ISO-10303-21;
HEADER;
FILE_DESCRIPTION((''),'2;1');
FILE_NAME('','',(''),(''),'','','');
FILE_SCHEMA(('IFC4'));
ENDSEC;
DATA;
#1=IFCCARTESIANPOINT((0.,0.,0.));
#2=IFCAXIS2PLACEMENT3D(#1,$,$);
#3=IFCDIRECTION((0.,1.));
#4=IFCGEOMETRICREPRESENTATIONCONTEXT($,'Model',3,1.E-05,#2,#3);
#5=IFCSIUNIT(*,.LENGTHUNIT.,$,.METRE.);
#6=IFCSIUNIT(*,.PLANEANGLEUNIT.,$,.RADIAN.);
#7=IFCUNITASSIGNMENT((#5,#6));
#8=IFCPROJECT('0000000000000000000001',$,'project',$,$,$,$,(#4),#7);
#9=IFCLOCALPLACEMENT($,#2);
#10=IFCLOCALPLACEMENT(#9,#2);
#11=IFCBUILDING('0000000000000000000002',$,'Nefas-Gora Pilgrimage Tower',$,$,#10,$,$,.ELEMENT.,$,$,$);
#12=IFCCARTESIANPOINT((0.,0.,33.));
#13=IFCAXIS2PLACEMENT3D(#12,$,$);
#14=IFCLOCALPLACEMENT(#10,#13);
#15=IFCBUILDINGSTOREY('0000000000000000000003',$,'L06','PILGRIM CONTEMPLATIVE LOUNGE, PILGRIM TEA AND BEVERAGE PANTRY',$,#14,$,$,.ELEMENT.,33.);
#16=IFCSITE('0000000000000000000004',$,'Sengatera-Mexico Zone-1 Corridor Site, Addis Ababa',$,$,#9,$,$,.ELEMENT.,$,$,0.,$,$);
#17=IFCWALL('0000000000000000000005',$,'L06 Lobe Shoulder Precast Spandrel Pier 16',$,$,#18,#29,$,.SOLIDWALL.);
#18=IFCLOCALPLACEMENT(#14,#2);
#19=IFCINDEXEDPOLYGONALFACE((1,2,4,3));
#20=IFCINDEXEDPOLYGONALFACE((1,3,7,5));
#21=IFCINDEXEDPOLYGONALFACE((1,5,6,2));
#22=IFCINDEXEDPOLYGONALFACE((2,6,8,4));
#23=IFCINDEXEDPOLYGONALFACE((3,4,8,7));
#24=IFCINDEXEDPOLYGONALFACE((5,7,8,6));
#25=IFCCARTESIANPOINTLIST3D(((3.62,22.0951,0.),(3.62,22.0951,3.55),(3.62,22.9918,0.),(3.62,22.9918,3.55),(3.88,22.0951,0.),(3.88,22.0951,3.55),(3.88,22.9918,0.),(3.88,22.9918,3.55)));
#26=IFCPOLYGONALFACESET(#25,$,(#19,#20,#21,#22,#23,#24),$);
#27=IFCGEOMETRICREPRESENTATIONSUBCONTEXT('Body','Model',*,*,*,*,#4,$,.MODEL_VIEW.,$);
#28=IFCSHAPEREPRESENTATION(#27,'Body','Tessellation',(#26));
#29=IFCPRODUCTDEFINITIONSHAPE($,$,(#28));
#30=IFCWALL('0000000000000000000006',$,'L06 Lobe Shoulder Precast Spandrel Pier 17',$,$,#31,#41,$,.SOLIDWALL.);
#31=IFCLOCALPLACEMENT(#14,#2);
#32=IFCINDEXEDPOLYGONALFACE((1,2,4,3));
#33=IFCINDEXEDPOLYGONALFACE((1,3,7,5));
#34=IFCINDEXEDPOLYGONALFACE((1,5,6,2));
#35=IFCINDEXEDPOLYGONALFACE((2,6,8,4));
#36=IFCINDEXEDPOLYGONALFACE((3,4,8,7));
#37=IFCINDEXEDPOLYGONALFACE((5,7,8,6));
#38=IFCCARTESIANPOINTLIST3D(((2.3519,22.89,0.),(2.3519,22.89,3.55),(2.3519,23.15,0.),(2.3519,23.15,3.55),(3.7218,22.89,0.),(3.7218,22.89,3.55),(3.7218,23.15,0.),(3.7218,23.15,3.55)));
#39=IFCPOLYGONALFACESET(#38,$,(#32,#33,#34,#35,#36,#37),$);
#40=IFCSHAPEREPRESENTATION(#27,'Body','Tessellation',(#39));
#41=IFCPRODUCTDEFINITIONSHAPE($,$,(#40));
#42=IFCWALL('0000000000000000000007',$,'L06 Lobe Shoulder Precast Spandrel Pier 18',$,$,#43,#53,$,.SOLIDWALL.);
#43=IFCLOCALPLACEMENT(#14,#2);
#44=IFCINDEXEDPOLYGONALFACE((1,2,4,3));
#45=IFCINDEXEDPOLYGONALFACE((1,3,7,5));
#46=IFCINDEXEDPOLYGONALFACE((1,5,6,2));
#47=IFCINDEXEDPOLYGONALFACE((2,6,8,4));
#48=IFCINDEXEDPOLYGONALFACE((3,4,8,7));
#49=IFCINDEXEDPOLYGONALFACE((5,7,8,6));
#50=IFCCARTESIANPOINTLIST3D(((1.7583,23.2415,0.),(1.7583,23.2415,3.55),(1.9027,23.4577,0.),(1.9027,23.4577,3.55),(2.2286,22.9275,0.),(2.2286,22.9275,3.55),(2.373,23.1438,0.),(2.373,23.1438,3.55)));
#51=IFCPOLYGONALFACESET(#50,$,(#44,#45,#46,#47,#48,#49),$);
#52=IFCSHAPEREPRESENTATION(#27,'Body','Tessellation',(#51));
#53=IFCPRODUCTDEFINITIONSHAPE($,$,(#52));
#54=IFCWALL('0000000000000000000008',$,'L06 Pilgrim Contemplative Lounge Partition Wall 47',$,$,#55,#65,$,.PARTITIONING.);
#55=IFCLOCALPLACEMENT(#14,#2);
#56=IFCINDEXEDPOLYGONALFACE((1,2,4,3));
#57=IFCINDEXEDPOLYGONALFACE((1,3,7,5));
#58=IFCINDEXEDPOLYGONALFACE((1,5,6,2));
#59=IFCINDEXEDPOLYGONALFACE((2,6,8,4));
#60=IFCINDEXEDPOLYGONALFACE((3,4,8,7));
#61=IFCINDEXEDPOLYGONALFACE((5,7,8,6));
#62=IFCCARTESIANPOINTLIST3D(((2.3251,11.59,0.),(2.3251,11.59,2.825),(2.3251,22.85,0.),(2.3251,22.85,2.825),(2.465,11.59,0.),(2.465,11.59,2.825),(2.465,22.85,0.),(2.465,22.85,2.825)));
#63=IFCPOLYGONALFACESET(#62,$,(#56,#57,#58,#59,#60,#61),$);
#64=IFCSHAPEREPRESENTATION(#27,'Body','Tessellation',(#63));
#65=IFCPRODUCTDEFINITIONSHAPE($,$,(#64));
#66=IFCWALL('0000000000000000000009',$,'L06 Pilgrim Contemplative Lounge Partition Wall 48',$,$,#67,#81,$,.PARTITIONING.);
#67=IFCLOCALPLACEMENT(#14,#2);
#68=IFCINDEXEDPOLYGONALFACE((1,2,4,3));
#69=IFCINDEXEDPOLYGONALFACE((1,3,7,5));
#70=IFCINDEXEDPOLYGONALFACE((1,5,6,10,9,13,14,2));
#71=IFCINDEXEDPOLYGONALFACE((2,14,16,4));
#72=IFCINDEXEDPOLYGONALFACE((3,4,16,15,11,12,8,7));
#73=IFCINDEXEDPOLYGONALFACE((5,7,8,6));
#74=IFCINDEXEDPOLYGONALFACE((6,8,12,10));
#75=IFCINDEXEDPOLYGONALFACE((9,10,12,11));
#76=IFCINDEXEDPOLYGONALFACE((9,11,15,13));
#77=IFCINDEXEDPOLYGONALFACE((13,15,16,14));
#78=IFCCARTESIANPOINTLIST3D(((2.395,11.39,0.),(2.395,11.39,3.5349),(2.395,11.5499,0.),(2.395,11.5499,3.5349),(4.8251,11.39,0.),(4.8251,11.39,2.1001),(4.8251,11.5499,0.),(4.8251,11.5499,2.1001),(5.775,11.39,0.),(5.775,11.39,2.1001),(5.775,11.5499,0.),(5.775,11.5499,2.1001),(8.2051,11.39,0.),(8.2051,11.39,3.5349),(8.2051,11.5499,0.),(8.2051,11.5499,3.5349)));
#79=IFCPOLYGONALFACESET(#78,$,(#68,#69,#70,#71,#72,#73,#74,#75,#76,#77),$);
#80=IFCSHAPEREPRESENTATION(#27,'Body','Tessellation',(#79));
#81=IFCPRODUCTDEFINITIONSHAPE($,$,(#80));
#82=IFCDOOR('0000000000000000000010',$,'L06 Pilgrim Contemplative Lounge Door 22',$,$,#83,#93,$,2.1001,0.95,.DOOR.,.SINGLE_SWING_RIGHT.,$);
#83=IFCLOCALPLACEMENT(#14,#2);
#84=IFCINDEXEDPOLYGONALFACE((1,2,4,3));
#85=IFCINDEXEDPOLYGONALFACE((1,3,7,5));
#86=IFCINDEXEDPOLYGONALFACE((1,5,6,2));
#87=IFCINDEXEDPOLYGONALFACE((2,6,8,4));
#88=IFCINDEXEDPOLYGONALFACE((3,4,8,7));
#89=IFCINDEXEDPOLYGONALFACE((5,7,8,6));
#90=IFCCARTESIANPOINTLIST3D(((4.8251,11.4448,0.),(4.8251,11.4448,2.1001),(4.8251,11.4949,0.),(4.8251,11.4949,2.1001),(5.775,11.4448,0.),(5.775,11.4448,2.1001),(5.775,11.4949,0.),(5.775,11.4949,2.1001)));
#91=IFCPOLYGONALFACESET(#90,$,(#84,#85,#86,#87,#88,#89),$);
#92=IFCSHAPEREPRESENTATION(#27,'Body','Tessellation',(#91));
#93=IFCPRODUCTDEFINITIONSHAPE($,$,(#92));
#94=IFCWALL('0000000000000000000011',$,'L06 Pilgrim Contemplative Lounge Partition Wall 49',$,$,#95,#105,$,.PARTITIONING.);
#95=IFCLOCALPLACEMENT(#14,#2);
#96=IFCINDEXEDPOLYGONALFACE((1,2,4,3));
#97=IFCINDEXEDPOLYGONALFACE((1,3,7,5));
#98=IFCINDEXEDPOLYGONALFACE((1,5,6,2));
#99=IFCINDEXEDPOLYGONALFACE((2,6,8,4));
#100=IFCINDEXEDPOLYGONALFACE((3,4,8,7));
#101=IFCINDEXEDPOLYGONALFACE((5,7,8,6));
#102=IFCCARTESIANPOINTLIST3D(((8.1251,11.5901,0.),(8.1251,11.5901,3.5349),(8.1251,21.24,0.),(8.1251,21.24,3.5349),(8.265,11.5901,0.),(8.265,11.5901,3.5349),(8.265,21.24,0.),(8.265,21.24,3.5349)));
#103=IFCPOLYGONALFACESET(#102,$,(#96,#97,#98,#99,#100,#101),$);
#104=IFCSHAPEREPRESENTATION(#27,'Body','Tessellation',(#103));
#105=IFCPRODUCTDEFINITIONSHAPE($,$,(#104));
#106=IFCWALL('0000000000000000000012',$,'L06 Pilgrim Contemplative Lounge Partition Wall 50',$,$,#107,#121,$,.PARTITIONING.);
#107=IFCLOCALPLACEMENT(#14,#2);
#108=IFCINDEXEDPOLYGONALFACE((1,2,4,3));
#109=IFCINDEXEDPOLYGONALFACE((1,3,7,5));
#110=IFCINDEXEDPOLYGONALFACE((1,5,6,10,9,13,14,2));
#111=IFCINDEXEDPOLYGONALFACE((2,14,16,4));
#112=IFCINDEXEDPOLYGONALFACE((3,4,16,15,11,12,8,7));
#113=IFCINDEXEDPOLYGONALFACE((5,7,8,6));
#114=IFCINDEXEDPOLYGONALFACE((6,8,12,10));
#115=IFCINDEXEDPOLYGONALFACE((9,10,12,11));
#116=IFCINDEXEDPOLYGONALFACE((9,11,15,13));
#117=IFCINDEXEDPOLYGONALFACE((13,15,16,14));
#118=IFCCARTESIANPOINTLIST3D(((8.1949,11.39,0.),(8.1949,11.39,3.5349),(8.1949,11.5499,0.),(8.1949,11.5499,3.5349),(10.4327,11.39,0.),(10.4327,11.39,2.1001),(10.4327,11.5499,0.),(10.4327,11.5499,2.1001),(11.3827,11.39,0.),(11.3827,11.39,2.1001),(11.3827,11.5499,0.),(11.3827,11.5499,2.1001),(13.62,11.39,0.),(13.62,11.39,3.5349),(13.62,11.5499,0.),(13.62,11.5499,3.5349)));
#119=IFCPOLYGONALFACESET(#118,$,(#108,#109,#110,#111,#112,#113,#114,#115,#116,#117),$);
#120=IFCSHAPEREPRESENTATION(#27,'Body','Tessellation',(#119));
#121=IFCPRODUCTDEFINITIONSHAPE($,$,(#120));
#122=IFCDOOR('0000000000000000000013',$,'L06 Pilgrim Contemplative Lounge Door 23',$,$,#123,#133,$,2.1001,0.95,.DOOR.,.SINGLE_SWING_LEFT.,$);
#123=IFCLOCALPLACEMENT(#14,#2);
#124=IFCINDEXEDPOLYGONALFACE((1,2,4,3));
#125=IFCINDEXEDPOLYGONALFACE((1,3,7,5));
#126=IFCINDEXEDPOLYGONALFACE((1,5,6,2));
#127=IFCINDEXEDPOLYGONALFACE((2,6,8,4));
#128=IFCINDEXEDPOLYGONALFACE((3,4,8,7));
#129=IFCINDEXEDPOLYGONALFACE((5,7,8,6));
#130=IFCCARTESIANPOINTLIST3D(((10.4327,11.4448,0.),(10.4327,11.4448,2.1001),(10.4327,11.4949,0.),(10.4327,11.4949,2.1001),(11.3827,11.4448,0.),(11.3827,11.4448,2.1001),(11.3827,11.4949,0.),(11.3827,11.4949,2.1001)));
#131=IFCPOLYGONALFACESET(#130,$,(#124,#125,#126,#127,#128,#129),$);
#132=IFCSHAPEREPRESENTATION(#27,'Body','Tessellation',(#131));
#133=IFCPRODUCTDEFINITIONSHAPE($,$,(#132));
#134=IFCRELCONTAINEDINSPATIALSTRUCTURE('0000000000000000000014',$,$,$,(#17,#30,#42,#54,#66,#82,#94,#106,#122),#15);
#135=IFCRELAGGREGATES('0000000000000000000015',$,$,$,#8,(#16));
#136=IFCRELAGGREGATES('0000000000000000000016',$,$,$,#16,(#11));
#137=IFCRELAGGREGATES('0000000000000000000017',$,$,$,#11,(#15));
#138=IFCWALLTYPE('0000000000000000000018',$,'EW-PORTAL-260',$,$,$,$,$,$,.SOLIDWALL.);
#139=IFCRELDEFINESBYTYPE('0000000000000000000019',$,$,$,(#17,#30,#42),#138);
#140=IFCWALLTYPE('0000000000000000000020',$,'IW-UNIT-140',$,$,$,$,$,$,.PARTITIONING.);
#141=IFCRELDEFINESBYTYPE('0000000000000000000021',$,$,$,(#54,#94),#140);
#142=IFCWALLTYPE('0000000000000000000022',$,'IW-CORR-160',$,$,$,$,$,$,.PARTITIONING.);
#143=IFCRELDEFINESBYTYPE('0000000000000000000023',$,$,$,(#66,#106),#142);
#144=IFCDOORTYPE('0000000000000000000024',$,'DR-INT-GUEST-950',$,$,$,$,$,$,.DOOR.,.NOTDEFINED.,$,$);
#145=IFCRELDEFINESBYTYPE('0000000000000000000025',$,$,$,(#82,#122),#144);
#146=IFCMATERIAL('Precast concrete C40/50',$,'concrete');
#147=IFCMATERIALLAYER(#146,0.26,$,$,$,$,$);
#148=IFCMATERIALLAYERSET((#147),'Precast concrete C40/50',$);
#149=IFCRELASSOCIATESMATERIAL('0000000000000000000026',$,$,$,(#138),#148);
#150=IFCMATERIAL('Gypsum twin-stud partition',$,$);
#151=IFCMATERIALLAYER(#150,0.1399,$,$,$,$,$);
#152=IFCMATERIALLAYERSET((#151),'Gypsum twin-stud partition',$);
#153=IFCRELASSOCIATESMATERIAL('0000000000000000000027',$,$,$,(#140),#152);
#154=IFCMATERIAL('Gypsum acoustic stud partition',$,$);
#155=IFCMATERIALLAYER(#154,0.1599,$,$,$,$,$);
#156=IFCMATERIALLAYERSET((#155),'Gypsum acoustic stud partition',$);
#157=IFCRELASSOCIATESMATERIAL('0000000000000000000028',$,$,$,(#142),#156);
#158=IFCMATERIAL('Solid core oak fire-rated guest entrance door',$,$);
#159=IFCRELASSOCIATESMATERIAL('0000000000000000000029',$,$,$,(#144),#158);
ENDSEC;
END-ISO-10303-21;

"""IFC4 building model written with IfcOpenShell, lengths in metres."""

from ifc_helpers import new_model, si_unit, direction, frame, frame_2d, origin, place, context, subcontext, project, spatial, rectangle, extrude, source, transform, mapped, material, layer, layer_set, type_object, element, fill, save


model = new_model("IFC4")

# Units and contexts
model_context = context("Model", 3, precision=1e-05, world=origin(), true_north=direction((0.0, 1.0)))
body_context = subcontext(model_context, "Body", "Model", "MODEL_VIEW")
ifc_project = project(units=[si_unit("LENGTHUNIT", "METRE"), si_unit("PLANEANGLEUNIT", "RADIAN")], contexts=[model_context])

# Site, building, storey
site_placement = place(None, origin())
site = spatial("IfcSite", under=ifc_project, at=site_placement, Name="Sengatera-Mexico Zone-1 Corridor Site, Addis Ababa", CompositionType="ELEMENT", RefElevation=0.0)
building_placement = place(site_placement, origin())
building = spatial("IfcBuilding", under=site, at=building_placement, Name="Nefas-Gora Pilgrimage Tower", CompositionType="ELEMENT")
storey_placement = place(building_placement, frame((0.0, 0.0, 33.0)))
storey = spatial("IfcBuildingStorey", under=building, at=storey_placement, Name="L06", Description="PILGRIM CONTEMPLATIVE LOUNGE, PILGRIM TEA AND BEVERAGE PANTRY", CompositionType="ELEMENT", Elevation=33.0)

# Walls
ifc_material_1 = material(Name="Precast concrete C40/50", Category="concrete")
ifc_layer_1 = layer(ifc_material_1, 0.26)
ifc_layer_set_1 = layer_set([ifc_layer_1], Name="Precast concrete C40/50")
wall_type_1 = type_object("IfcWallType", Name="EW-PORTAL-260", PredefinedType="SOLIDWALL", material=ifc_layer_set_1)
shared_shape_1 = source(origin(), body_context, "Body", "SweptSolid", [
    extrude(rectangle(XDim=0.8967, YDim=0.26, at=frame_2d((0.4482, 0.0))), origin(), (0.0, 0.0, 1.0), 3.55),
])
wall_1_placement = place(storey_placement, frame((3.75, 22.0952, 0.0), z_axis=(0.0, 0.0, 1.0), x_axis=(0.0, 1.0, 0.0)))
element("IfcWall", 1, at=wall_1_placement, inside=storey, type_object=wall_type_1, Name="L06 Lobe Shoulder Precast Spandrel Pier 16", PredefinedType="SOLIDWALL", context=body_context, shape_type="MappedRepresentation", body=[
    mapped(shared_shape_1, transform((0.0, 0.0, 0.0), x_axis=(1.0, 0.0, 0.0), y_axis=(0.0, 1.0, 0.0), z_axis=(0.0, 0.0, 1.0), scale=1.0)),
])
shared_shape_2 = source(origin(), body_context, "Body", "SweptSolid", [
    extrude(rectangle(XDim=1.3699, YDim=0.26, at=frame_2d((0.6851, 0.0))), origin(), (0.0, 0.0, 1.0), 3.55),
])
wall_2_placement = place(storey_placement, frame((3.7219, 23.02, 0.0), z_axis=(0.0, 0.0, 1.0), x_axis=(-1.0, 0.0, 0.0)))
element("IfcWall", 2, at=wall_2_placement, inside=storey, type_object=wall_type_1, Name="L06 Lobe Shoulder Precast Spandrel Pier 17", PredefinedType="SOLIDWALL", context=body_context, shape_type="MappedRepresentation", body=[
    mapped(shared_shape_2, transform((0.0, 0.0, 0.0), x_axis=(1.0, 0.0, 0.0), y_axis=(0.0, 1.0, 0.0), z_axis=(0.0, 0.0, 1.0), scale=1.0)),
])
shared_shape_3 = source(origin(), body_context, "Body", "SweptSolid", [
    extrude(rectangle(XDim=0.5654, YDim=0.26, at=frame_2d((0.2827, 0.0))), origin(), (0.0, 0.0, 1.0), 3.55),
])
wall_3_placement = place(storey_placement, frame((2.3008, 23.0356, 0.0), z_axis=(0.0, 0.0, 1.0), x_axis=(-0.831651, 0.555298, 0.0)))
element("IfcWall", 3, at=wall_3_placement, inside=storey, type_object=wall_type_1, Name="L06 Lobe Shoulder Precast Spandrel Pier 18", PredefinedType="SOLIDWALL", context=body_context, shape_type="MappedRepresentation", body=[
    mapped(shared_shape_3, transform((0.0, 0.0, 0.0), x_axis=(1.0, 0.0, 0.0), y_axis=(0.0, 1.0, 0.0), z_axis=(0.0, 0.0, 1.0), scale=1.0)),
])
ifc_material_2 = material(Name="Gypsum twin-stud partition")
ifc_layer_2 = layer(ifc_material_2, 0.1399)
ifc_layer_set_2 = layer_set([ifc_layer_2], Name="Gypsum twin-stud partition")
wall_type_2 = type_object("IfcWallType", Name="IW-UNIT-140", PredefinedType="PARTITIONING", material=ifc_layer_set_2)
shared_shape_4 = source(origin(), body_context, "Body", "SweptSolid", [
    extrude(rectangle(XDim=11.26, YDim=0.1399, at=frame_2d((5.6299, 0.0))), origin(), (0.0, 0.0, 1.0), 2.825),
])
wall_4_placement = place(storey_placement, frame((2.395, 11.5901, 0.0), z_axis=(0.0, 0.0, 1.0), x_axis=(0.0, 1.0, 0.0)))
element("IfcWall", 4, at=wall_4_placement, inside=storey, type_object=wall_type_2, Name="L06 Pilgrim Contemplative Lounge Partition Wall 47", PredefinedType="PARTITIONING", context=body_context, shape_type="MappedRepresentation", body=[
    mapped(shared_shape_4, transform((0.0, 0.0, 0.0), x_axis=(1.0, 0.0, 0.0), y_axis=(0.0, 1.0, 0.0), z_axis=(0.0, 0.0, 1.0), scale=1.0)),
])

# Wall, opening, door
ifc_material_3 = material(Name="Gypsum acoustic stud partition")
ifc_layer_3 = layer(ifc_material_3, 0.1599)
ifc_layer_set_3 = layer_set([ifc_layer_3], Name="Gypsum acoustic stud partition")
wall_type_3 = type_object("IfcWallType", Name="IW-CORR-160", PredefinedType="PARTITIONING", material=ifc_layer_set_3)
shared_shape_5 = source(origin(), body_context, "Body", "SweptSolid", [
    extrude(rectangle(XDim=5.8101, YDim=0.1599, at=frame_2d((2.905, 0.0))), origin(), (0.0, 0.0, 1.0), 3.5349),
])
wall_5_placement = place(storey_placement, frame((2.395, 11.47, 0.0), z_axis=(0.0, 0.0, 1.0), x_axis=(1.0, 0.0, 0.0)))
wall_5 = element("IfcWall", 5, at=wall_5_placement, inside=storey, type_object=wall_type_3, Name="L06 Pilgrim Contemplative Lounge Partition Wall 48", PredefinedType="PARTITIONING", context=body_context, shape_type="MappedRepresentation", body=[
    mapped(shared_shape_5, transform((0.0, 0.0, 0.0), x_axis=(1.0, 0.0, 0.0), y_axis=(0.0, 1.0, 0.0), z_axis=(0.0, 0.0, 1.0), scale=1.0)),
])
opening_1_placement = place(wall_5_placement, frame((2.4299, 0.0, 0.0)))
opening_1 = element("IfcOpeningElement", 6, at=opening_1_placement, cuts=wall_5, PredefinedType="OPENING", context=body_context, shape_type="SweptSolid", body=[
    extrude(rectangle(XDim=0.95, YDim=2.1001, at=frame_2d((0.4751, 1.05))), frame((0.0, 0.0898, 0.0), z_axis=(0.0, -1.0, 0.0), x_axis=(1.0, 0.0, 0.0)), (0.0, 0.0, 1.0), 0.1799),
])
ifc_material_4 = material(Name="Solid core oak fire-rated guest entrance door")
door_type = type_object("IfcDoorType", Name="DR-INT-GUEST-950", OperationType="NOTDEFINED", PredefinedType="DOOR", material=ifc_material_4)
shared_shape_6 = source(origin(), body_context, "Body", "SweptSolid", [
    extrude(rectangle(XDim=0.95, YDim=2.1001, at=frame_2d((0.4751, 1.05))), frame((0.0, 0.0249, 0.0), z_axis=(0.0, -1.0, 0.0), x_axis=(1.0, 0.0, 0.0)), (0.0, 0.0, 1.0), 0.05),
])
door_1_placement = place(opening_1_placement, origin())
door_1 = element("IfcDoor", 7, at=door_1_placement, inside=storey, type_object=door_type, Name="L06 Pilgrim Contemplative Lounge Door 22", OperationType="SINGLE_SWING_RIGHT", OverallHeight=2.1001, OverallWidth=0.95, PredefinedType="DOOR", context=body_context, shape_type="MappedRepresentation", body=[
    mapped(shared_shape_6, transform((0.0, 0.0, 0.0), x_axis=(1.0, 0.0, 0.0), y_axis=(0.0, 1.0, 0.0), z_axis=(0.0, 0.0, 1.0), scale=1.0)),
])
fill(opening_1, door_1)

# Wall
shared_shape_7 = source(origin(), body_context, "Body", "SweptSolid", [
    extrude(rectangle(XDim=9.6499, YDim=0.1399, at=frame_2d((4.825, 0.0))), origin(), (0.0, 0.0, 1.0), 3.5349),
])
wall_6_placement = place(storey_placement, frame((8.1951, 11.5901, 0.0), z_axis=(0.0, 0.0, 1.0), x_axis=(0.0, 1.0, 0.0)))
element("IfcWall", 8, at=wall_6_placement, inside=storey, type_object=wall_type_2, Name="L06 Pilgrim Contemplative Lounge Partition Wall 49", PredefinedType="PARTITIONING", context=body_context, shape_type="MappedRepresentation", body=[
    mapped(shared_shape_7, transform((0.0, 0.0, 0.0), x_axis=(1.0, 0.0, 0.0), y_axis=(0.0, 1.0, 0.0), z_axis=(0.0, 0.0, 1.0), scale=1.0)),
])

# Wall, opening, door
shared_shape_8 = source(origin(), body_context, "Body", "SweptSolid", [
    extrude(rectangle(XDim=5.425, YDim=0.1599, at=frame_2d((2.7124, 0.0))), origin(), (0.0, 0.0, 1.0), 3.5349),
])
wall_7_placement = place(storey_placement, frame((8.1951, 11.47, 0.0), z_axis=(0.0, 0.0, 1.0), x_axis=(1.0, 0.0, 0.0)))
wall_7 = element("IfcWall", 9, at=wall_7_placement, inside=storey, type_object=wall_type_3, Name="L06 Pilgrim Contemplative Lounge Partition Wall 50", PredefinedType="PARTITIONING", context=body_context, shape_type="MappedRepresentation", body=[
    mapped(shared_shape_8, transform((0.0, 0.0, 0.0), x_axis=(1.0, 0.0, 0.0), y_axis=(0.0, 1.0, 0.0), z_axis=(0.0, 0.0, 1.0), scale=1.0)),
])
opening_2_placement = place(wall_7_placement, frame((2.2375, 0.0, 0.0)))
opening_2 = element("IfcOpeningElement", 10, at=opening_2_placement, cuts=wall_7, PredefinedType="OPENING", context=body_context, shape_type="SweptSolid", body=[
    extrude(rectangle(XDim=0.95, YDim=2.1001, at=frame_2d((0.4751, 1.05))), frame((0.0, 0.0898, 0.0), z_axis=(0.0, -1.0, 0.0), x_axis=(1.0, 0.0, 0.0)), (0.0, 0.0, 1.0), 0.1799),
])
door_2_placement = place(opening_2_placement, origin())
door_2 = element("IfcDoor", 11, at=door_2_placement, inside=storey, type_object=door_type, Name="L06 Pilgrim Contemplative Lounge Door 23", OperationType="SINGLE_SWING_LEFT", OverallHeight=2.1001, OverallWidth=0.95, PredefinedType="DOOR", context=body_context, shape_type="MappedRepresentation", body=[
    mapped(shared_shape_6, transform((0.0, 0.0, 0.0), x_axis=(1.0, 0.0, 0.0), y_axis=(0.0, 1.0, 0.0), z_axis=(0.0, 0.0, 1.0), scale=1.0)),
])
fill(opening_2, door_2)

save(model, "model.ifc")
